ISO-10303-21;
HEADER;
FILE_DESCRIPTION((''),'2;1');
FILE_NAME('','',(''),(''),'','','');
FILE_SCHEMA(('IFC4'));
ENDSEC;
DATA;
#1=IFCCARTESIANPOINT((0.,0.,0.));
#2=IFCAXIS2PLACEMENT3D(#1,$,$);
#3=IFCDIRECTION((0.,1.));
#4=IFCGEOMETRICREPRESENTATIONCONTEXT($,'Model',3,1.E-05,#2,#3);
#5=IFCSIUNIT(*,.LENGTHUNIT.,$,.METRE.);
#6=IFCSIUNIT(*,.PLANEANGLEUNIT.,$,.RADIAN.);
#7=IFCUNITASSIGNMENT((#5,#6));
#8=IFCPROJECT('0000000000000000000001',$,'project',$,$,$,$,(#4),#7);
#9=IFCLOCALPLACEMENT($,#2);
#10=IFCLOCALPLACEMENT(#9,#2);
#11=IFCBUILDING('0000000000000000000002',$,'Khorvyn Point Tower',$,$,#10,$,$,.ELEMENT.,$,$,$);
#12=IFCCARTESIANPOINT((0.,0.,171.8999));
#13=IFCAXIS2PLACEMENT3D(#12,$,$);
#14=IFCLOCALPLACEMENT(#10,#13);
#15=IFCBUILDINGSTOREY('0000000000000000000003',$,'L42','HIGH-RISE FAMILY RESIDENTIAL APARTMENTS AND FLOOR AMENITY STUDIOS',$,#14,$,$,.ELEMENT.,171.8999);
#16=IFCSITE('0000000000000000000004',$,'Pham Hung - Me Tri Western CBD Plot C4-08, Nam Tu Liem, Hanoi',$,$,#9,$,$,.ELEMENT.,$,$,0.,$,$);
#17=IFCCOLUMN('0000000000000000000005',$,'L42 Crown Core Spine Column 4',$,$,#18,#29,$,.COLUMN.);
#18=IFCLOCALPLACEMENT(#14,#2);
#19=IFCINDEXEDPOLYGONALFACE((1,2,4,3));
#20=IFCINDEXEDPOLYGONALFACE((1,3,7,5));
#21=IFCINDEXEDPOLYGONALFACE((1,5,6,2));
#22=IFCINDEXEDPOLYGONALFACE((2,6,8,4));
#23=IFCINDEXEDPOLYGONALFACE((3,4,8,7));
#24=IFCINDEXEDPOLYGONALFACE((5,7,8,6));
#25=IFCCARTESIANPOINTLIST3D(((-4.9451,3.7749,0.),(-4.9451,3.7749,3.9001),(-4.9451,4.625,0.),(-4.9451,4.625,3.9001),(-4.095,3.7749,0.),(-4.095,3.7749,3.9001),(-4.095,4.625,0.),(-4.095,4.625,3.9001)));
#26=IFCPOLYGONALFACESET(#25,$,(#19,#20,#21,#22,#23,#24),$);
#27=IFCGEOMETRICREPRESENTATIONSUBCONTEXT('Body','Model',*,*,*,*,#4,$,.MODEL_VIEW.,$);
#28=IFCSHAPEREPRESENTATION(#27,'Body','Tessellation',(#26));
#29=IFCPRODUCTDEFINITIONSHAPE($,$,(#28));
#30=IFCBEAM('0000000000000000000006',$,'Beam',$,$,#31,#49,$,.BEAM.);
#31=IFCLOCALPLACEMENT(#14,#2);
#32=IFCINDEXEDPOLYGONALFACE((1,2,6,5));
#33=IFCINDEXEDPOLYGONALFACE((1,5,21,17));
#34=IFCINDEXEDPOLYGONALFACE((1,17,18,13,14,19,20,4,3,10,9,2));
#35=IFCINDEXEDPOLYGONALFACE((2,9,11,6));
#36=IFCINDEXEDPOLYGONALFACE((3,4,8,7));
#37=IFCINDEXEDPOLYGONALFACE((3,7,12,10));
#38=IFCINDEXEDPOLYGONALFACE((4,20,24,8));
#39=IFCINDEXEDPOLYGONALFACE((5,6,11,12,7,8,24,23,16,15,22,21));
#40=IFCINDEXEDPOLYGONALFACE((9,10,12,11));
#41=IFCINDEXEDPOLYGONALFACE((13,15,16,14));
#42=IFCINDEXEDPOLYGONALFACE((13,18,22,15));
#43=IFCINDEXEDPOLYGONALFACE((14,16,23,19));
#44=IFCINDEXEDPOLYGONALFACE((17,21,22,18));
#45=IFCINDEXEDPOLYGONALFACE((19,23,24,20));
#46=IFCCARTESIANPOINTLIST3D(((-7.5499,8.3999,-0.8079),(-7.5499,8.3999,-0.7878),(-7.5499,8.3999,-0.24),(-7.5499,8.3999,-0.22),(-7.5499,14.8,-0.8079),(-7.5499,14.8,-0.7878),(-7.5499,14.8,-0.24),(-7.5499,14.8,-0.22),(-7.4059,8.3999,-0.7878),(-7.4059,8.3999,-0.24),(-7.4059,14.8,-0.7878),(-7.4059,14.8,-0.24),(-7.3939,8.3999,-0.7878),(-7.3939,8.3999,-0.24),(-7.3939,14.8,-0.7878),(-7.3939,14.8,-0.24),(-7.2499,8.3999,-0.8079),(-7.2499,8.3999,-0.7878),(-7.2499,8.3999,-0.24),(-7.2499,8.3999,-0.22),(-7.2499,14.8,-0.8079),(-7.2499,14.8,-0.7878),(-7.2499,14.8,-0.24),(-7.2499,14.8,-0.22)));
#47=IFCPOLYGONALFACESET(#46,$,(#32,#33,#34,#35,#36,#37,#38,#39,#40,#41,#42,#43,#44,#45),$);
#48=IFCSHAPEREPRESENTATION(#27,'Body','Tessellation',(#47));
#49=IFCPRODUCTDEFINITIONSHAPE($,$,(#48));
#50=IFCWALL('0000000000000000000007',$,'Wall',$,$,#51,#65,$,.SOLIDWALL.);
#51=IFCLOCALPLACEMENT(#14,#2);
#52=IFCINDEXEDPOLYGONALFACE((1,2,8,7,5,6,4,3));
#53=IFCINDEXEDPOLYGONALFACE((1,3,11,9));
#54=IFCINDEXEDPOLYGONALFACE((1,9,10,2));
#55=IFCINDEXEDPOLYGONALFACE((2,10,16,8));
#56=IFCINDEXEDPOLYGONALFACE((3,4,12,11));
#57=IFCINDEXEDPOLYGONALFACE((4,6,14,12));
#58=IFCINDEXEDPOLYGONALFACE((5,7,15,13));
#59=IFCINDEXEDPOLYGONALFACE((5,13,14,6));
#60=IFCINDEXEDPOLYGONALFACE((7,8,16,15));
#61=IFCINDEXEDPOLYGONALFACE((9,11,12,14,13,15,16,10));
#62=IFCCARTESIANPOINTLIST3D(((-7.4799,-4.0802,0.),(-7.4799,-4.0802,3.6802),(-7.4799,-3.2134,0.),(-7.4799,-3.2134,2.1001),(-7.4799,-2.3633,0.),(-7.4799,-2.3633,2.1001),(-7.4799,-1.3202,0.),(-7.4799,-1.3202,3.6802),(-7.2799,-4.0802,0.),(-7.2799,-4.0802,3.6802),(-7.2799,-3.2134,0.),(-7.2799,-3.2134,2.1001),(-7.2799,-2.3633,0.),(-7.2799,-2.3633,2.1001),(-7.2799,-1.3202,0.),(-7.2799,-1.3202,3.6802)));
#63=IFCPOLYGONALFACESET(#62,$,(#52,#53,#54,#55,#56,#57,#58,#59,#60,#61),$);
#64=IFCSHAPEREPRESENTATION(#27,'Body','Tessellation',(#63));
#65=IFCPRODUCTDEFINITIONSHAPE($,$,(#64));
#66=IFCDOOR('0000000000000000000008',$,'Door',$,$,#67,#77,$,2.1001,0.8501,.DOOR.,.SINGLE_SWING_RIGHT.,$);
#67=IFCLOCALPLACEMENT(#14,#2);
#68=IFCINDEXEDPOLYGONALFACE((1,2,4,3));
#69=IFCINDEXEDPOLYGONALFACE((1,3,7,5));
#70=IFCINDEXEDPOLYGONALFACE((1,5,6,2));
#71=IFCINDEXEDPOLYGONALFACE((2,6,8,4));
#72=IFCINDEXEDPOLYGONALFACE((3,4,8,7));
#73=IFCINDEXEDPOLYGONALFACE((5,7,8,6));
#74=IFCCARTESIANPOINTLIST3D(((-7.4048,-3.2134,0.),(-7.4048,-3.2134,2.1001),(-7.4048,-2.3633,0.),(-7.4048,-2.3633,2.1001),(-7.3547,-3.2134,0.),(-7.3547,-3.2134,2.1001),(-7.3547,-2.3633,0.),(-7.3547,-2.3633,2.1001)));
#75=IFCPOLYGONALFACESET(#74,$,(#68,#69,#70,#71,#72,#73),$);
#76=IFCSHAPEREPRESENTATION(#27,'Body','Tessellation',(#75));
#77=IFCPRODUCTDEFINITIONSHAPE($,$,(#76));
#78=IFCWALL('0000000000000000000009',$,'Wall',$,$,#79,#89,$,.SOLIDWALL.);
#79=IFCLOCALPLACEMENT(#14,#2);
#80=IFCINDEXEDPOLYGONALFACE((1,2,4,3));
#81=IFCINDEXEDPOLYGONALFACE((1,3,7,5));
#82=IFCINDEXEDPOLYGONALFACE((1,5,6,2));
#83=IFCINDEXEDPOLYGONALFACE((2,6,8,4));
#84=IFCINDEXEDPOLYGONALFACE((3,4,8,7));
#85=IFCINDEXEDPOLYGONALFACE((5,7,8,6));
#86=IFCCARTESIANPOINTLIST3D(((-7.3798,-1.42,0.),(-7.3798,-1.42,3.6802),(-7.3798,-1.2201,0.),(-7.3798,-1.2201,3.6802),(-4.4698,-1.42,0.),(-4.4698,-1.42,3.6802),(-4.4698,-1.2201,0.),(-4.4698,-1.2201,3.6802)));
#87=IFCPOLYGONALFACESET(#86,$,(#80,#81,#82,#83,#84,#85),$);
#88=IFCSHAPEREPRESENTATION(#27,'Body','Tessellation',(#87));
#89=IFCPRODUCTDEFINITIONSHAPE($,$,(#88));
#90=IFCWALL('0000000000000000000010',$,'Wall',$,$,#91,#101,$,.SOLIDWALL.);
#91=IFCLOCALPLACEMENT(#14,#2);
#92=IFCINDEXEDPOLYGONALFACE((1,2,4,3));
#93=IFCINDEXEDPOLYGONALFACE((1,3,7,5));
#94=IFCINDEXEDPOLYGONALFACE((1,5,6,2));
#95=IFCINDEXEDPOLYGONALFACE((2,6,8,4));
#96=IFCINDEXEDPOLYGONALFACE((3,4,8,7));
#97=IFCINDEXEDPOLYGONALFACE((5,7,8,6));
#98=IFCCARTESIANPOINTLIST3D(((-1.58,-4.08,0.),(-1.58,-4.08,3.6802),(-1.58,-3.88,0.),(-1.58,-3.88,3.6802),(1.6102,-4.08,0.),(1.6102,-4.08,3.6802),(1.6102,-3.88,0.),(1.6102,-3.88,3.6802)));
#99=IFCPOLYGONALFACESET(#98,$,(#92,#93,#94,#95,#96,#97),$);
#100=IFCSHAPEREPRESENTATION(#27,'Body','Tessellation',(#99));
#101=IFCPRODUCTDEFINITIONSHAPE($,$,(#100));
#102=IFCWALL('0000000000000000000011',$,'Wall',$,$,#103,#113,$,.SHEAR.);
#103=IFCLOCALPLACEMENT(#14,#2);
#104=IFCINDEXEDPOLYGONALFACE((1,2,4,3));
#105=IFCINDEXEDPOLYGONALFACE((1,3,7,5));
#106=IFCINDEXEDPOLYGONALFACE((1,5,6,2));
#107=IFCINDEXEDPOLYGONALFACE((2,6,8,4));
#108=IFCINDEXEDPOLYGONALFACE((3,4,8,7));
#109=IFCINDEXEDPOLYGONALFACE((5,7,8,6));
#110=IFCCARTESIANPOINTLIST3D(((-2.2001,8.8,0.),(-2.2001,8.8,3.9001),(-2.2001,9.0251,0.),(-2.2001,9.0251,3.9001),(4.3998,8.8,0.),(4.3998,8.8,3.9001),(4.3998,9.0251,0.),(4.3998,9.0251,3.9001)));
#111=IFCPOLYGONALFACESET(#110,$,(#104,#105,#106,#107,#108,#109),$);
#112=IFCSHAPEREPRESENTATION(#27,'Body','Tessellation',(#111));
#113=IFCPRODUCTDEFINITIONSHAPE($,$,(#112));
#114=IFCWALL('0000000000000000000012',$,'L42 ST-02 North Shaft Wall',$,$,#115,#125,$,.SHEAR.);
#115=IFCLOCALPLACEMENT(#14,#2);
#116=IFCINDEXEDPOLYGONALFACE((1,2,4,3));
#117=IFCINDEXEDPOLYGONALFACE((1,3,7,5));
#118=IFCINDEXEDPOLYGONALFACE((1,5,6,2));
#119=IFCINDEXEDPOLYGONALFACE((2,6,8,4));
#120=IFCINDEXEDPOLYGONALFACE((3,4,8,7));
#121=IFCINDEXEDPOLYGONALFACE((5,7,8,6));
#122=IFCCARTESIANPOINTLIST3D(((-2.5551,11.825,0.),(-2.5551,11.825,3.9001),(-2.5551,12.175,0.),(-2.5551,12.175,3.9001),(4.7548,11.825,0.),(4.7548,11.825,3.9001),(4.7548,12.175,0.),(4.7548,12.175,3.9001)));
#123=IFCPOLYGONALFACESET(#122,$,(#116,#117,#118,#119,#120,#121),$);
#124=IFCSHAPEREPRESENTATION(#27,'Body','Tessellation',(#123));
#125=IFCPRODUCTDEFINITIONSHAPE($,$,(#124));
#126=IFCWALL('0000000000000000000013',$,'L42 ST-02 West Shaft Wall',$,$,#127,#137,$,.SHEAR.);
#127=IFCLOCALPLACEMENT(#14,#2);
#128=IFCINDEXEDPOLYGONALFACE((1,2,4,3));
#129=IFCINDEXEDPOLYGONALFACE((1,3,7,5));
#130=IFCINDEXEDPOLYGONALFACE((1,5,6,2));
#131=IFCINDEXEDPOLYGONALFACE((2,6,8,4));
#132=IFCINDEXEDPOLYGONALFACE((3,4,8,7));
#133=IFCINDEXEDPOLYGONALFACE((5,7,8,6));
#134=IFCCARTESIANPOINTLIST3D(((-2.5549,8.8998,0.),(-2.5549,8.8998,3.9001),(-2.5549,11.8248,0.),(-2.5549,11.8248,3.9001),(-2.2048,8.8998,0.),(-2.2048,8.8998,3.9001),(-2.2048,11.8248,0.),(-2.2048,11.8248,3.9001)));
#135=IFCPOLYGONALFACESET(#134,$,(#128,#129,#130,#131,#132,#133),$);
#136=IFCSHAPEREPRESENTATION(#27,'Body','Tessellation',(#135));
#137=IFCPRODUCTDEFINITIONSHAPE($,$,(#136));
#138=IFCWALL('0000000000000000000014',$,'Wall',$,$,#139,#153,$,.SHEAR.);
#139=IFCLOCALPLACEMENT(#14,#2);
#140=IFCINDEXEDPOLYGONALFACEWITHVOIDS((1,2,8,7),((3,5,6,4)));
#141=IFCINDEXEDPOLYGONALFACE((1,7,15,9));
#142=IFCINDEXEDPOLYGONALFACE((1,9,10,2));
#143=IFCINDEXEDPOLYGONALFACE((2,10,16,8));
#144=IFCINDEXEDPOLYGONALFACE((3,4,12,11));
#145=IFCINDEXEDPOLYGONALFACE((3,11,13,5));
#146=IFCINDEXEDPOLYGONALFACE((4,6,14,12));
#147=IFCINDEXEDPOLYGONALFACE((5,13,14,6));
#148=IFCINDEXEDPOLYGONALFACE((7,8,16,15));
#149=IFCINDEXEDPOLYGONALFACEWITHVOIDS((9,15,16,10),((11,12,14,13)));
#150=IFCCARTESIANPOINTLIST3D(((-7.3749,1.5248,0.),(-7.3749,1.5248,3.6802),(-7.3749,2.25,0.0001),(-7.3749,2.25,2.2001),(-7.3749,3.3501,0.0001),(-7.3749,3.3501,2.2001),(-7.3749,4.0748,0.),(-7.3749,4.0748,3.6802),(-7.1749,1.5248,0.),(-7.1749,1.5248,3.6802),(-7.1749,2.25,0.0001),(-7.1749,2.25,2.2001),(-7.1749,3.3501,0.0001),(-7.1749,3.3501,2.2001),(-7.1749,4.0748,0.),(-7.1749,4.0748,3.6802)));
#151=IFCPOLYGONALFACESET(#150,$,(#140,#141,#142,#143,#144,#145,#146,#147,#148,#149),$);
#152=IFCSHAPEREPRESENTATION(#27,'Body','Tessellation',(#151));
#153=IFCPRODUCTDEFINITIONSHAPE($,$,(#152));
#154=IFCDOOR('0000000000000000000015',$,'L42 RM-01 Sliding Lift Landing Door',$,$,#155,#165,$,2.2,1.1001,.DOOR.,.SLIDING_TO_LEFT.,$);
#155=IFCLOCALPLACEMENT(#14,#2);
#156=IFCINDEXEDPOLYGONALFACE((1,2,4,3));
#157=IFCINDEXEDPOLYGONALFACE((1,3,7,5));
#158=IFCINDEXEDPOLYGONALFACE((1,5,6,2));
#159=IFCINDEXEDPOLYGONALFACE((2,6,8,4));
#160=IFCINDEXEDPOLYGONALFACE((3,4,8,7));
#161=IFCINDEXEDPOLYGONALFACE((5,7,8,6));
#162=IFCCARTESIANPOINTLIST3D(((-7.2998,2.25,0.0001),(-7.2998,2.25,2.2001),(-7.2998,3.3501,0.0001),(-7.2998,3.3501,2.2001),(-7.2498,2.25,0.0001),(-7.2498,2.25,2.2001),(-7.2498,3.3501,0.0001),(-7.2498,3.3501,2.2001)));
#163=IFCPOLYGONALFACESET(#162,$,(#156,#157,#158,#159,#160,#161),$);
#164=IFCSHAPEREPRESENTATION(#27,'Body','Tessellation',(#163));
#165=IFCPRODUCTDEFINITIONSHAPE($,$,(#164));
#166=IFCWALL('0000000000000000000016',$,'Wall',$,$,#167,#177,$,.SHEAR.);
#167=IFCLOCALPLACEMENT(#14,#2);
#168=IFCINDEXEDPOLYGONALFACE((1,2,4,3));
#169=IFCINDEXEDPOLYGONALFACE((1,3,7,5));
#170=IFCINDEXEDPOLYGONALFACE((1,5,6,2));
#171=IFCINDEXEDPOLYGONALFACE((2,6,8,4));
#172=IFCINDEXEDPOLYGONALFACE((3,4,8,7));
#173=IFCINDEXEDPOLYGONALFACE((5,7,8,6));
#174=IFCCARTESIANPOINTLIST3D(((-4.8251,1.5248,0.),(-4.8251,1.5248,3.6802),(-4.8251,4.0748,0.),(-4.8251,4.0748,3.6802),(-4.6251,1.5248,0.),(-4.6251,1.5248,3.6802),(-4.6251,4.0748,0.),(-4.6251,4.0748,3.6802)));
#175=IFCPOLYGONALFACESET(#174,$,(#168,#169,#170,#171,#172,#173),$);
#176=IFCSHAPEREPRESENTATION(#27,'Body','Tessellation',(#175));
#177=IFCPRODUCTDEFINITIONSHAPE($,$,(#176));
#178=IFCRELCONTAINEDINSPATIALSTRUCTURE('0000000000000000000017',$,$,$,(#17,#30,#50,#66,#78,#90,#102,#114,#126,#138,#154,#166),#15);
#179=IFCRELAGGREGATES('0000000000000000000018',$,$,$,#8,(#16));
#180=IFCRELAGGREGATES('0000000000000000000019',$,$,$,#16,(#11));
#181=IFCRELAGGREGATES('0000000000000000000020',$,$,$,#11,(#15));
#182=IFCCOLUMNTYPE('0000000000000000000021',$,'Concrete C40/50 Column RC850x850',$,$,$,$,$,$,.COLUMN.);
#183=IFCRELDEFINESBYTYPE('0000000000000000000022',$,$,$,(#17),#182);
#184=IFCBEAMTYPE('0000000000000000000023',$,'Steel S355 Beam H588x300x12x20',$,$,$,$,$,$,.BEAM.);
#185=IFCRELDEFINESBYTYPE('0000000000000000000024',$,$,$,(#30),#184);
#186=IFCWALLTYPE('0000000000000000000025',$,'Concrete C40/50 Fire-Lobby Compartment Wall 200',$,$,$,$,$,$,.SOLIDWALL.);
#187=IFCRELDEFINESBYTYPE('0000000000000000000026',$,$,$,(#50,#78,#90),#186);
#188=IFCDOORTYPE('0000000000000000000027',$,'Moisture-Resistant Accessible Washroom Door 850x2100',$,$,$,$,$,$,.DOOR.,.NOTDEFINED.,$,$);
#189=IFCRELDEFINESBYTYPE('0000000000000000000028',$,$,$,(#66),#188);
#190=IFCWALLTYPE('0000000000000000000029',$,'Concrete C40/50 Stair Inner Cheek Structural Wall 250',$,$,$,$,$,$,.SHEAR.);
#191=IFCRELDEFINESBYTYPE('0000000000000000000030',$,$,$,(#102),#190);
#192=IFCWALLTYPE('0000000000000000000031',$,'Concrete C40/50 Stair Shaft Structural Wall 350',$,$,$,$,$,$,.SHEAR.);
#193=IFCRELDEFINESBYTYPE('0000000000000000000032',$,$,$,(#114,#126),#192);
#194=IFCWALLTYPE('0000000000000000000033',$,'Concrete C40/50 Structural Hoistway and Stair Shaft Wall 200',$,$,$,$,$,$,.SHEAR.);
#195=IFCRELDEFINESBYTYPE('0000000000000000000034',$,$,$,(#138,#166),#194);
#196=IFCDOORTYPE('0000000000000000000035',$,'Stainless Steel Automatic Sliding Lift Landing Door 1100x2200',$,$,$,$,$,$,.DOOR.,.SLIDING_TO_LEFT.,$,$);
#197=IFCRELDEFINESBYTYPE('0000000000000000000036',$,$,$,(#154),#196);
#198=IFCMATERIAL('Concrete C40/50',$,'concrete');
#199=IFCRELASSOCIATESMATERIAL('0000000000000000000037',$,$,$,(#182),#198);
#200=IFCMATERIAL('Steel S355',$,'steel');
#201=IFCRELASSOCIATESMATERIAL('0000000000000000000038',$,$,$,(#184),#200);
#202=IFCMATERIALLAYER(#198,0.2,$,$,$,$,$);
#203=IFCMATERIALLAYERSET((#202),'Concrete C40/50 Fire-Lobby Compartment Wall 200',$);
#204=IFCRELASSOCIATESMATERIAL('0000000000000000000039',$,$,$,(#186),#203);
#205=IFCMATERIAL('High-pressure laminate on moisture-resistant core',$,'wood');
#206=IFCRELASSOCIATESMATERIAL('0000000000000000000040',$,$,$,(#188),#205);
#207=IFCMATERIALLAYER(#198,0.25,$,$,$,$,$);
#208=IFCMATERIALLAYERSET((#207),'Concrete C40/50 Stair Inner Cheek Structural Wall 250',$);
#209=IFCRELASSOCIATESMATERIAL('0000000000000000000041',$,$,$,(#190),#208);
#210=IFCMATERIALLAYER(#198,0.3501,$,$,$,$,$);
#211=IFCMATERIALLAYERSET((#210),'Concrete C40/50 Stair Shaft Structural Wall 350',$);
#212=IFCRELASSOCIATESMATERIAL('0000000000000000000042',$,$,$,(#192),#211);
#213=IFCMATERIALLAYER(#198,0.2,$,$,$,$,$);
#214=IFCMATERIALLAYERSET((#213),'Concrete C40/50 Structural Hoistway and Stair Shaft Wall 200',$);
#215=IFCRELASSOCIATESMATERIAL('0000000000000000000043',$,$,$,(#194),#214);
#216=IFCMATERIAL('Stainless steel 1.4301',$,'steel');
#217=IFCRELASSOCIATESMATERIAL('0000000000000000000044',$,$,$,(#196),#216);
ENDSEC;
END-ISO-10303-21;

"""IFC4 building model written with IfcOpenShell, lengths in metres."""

from ifc_helpers import new_model, si_unit, direction, frame, frame_2d, origin, origin_2d, place, context, subcontext, project, spatial, rectangle, i_section, extrude, material, layer, layer_set, material_profile, profile_set, type_object, element, fill, save


model = new_model("IFC4")

# Units and contexts
model_context = context("Model", 3, precision=1e-05, world=origin(), true_north=direction((0.0, 1.0)))
body_context = subcontext(model_context, "Body", "Model", "MODEL_VIEW")
ifc_project = project(units=[si_unit("LENGTHUNIT", "METRE"), si_unit("PLANEANGLEUNIT", "RADIAN")], contexts=[model_context])

# Site, building, storey
site_placement = place(None, origin())
site = spatial("IfcSite", under=ifc_project, at=site_placement, Name="Pham Hung - Me Tri Western CBD Plot C4-08, Nam Tu Liem, Hanoi", CompositionType="ELEMENT", RefElevation=0.0)
building_placement = place(site_placement, origin())
building = spatial("IfcBuilding", under=site, at=building_placement, Name="Khorvyn Point Tower", CompositionType="ELEMENT")
storey_placement = place(building_placement, frame((0.0, 0.0, 171.8999)))
storey = spatial("IfcBuildingStorey", under=building, at=storey_placement, Name="L42", Description="HIGH-RISE FAMILY RESIDENTIAL APARTMENTS AND FLOOR AMENITY STUDIOS", CompositionType="ELEMENT", Elevation=171.8999)

# Column
ifc_material_1 = material(Name="Concrete C40/50", Category="concrete")
ifc_material_profile_1 = material_profile(ifc_material_1, rectangle(XDim=0.8501, YDim=0.8501, at=origin_2d()))
ifc_profile_set_1 = profile_set([ifc_material_profile_1], Name="Concrete C40/50 RC850x850")
column_type = type_object("IfcColumnType", Name="Concrete C40/50 Column RC850x850", PredefinedType="COLUMN", material=ifc_profile_set_1)
column_placement = place(storey_placement, frame((-4.52, 4.2, 0.0), z_axis=(0.0, 0.0, 1.0), x_axis=(1.0, 0.0, 0.0)))
element("IfcColumn", 1, at=column_placement, inside=storey, type_object=column_type, Name="L42 Crown Core Spine Column 4", PredefinedType="COLUMN", context=body_context, shape_type="SweptSolid", body=[
    extrude(rectangle(XDim=0.8501, YDim=0.8501, at=origin_2d()), origin(), (0.0, 0.0, 1.0), 3.9001),
])

# Beam
ifc_material_2 = material(Name="Steel S355", Category="steel")
ifc_material_profile_2 = material_profile(ifc_material_2, i_section(OverallWidth=0.3, OverallDepth=0.5879, WebThickness=0.012, FlangeThickness=0.02, at=origin_2d()))
ifc_profile_set_2 = profile_set([ifc_material_profile_2], Name="Steel S355 H588x300x12x20")
beam_type = type_object("IfcBeamType", Name="Steel S355 Beam H588x300x12x20", PredefinedType="BEAM", material=ifc_profile_set_2)
beam_placement = place(storey_placement, frame((-7.3999, 8.3999, -0.5139), z_axis=(0.0, 1.0, 0.0), x_axis=(-1.0, 0.0, 0.0)))
element("IfcBeam", 2, at=beam_placement, inside=storey, type_object=beam_type, Name="Beam", PredefinedType="BEAM", context=body_context, shape_type="SweptSolid", body=[
    extrude(i_section(OverallWidth=0.3, OverallDepth=0.5879, WebThickness=0.012, FlangeThickness=0.02, at=origin_2d()), origin(), (0.0, 0.0, 1.0), 6.4001),
])

# Wall, opening, door
ifc_layer_1 = layer(ifc_material_1, 0.2)
ifc_layer_set_1 = layer_set([ifc_layer_1], Name="Concrete C40/50 Fire-Lobby Compartment Wall 200")
wall_type_1 = type_object("IfcWallType", Name="Concrete C40/50 Fire-Lobby Compartment Wall 200", PredefinedType="SOLIDWALL", material=ifc_layer_set_1)
wall_1_placement = place(storey_placement, frame((-7.3799, -4.0801, 0.0), z_axis=(0.0, 0.0, 1.0), x_axis=(0.0, 1.0, 0.0)))
wall_1 = element("IfcWall", 3, at=wall_1_placement, inside=storey, type_object=wall_type_1, Name="Wall", PredefinedType="SOLIDWALL", context=body_context, shape_type="SweptSolid", body=[
    extrude(rectangle(XDim=2.76, YDim=0.2, at=frame_2d((1.3799, 0.0))), origin(), (0.0, 0.0, 1.0), 3.6802),
])
opening_1_placement = place(wall_1_placement, frame((0.8667, 0.0, 0.0)))
opening_1 = element("IfcOpeningElement", 4, at=opening_1_placement, cuts=wall_1, PredefinedType="OPENING", context=body_context, shape_type="SweptSolid", body=[
    extrude(rectangle(XDim=0.8501, YDim=2.1001, at=frame_2d((0.425, 1.05))), frame((0.0, 0.1099, 0.0), z_axis=(0.0, -1.0, 0.0), x_axis=(1.0, 0.0, 0.0)), (0.0, 0.0, 1.0), 0.22),
])
ifc_material_3 = material(Name="High-pressure laminate on moisture-resistant core", Category="wood")
door_type_1 = type_object("IfcDoorType", Name="Moisture-Resistant Accessible Washroom Door 850x2100", OperationType="NOTDEFINED", PredefinedType="DOOR", material=ifc_material_3)
door_1_placement = place(opening_1_placement, origin())
door_1 = element("IfcDoor", 5, at=door_1_placement, inside=storey, type_object=door_type_1, Name="Door", OperationType="SINGLE_SWING_RIGHT", OverallHeight=2.1001, OverallWidth=0.8501, PredefinedType="DOOR", context=body_context, shape_type="SweptSolid", body=[
    extrude(rectangle(XDim=0.8501, YDim=2.1001, at=frame_2d((0.425, 1.05))), frame((0.0, 0.0249, 0.0), z_axis=(0.0, -1.0, 0.0), x_axis=(1.0, 0.0, 0.0)), (0.0, 0.0, 1.0), 0.05),
])
fill(opening_1, door_1)

# Walls
wall_2_placement = place(storey_placement, frame((-7.3799, -1.3201, 0.0), z_axis=(0.0, 0.0, 1.0), x_axis=(1.0, 0.0, 0.0)))
element("IfcWall", 6, at=wall_2_placement, inside=storey, type_object=wall_type_1, Name="Wall", PredefinedType="SOLIDWALL", context=body_context, shape_type="SweptSolid", body=[
    extrude(rectangle(XDim=2.9099, YDim=0.2, at=frame_2d((1.4551, 0.0))), origin(), (0.0, 0.0, 1.0), 3.6802),
])
wall_3_placement = place(storey_placement, frame((-1.5801, -3.98, 0.0), z_axis=(0.0, 0.0, 1.0), x_axis=(1.0, 0.0, 0.0)))
element("IfcWall", 7, at=wall_3_placement, inside=storey, type_object=wall_type_1, Name="Wall", PredefinedType="SOLIDWALL", context=body_context, shape_type="SweptSolid", body=[
    extrude(rectangle(XDim=3.1902, YDim=0.2, at=frame_2d((1.5952, 0.0))), origin(), (0.0, 0.0, 1.0), 3.6802),
])
ifc_layer_2 = layer(ifc_material_1, 0.25)
ifc_layer_set_2 = layer_set([ifc_layer_2], Name="Concrete C40/50 Stair Inner Cheek Structural Wall 250")
wall_type_2 = type_object("IfcWallType", Name="Concrete C40/50 Stair Inner Cheek Structural Wall 250", PredefinedType="SHEAR", material=ifc_layer_set_2)
wall_4_placement = place(storey_placement, frame((-2.2, 8.9126, 0.0), z_axis=(0.0, 0.0, 1.0), x_axis=(1.0, 0.0, 0.0)))
element("IfcWall", 8, at=wall_4_placement, inside=storey, type_object=wall_type_2, Name="Wall", PredefinedType="SHEAR", context=body_context, shape_type="SweptSolid", body=[
    extrude(rectangle(XDim=6.5999, YDim=0.2251, at=frame_2d((3.2998, 0.0))), origin(), (0.0, 0.0, 1.0), 3.9001),
])
ifc_layer_3 = layer(ifc_material_1, 0.3501)
ifc_layer_set_3 = layer_set([ifc_layer_3], Name="Concrete C40/50 Stair Shaft Structural Wall 350")
wall_type_3 = type_object("IfcWallType", Name="Concrete C40/50 Stair Shaft Structural Wall 350", PredefinedType="SHEAR", material=ifc_layer_set_3)
wall_5_placement = place(storey_placement, frame((-2.5549, 12.0, 0.0), z_axis=(0.0, 0.0, 1.0), x_axis=(1.0, 0.0, 0.0)))
element("IfcWall", 9, at=wall_5_placement, inside=storey, type_object=wall_type_3, Name="L42 ST-02 North Shaft Wall", PredefinedType="SHEAR", context=body_context, shape_type="SweptSolid", body=[
    extrude(rectangle(XDim=7.3098, YDim=0.3501, at=frame_2d((3.6548, 0.0))), origin(), (0.0, 0.0, 1.0), 3.9001),
])
wall_6_placement = place(storey_placement, frame((-2.3799, 8.8999, 0.0), z_axis=(0.0, 0.0, 1.0), x_axis=(0.0, 1.0, 0.0)))
element("IfcWall", 10, at=wall_6_placement, inside=storey, type_object=wall_type_3, Name="L42 ST-02 West Shaft Wall", PredefinedType="SHEAR", context=body_context, shape_type="SweptSolid", body=[
    extrude(rectangle(XDim=2.925, YDim=0.3501, at=frame_2d((1.4624, 0.0))), origin(), (0.0, 0.0, 1.0), 3.9001),
])

# Wall, opening, door
ifc_layer_4 = layer(ifc_material_1, 0.2)
ifc_layer_set_4 = layer_set([ifc_layer_4], Name="Concrete C40/50 Structural Hoistway and Stair Shaft Wall 200")
wall_type_4 = type_object("IfcWallType", Name="Concrete C40/50 Structural Hoistway and Stair Shaft Wall 200", PredefinedType="SHEAR", material=ifc_layer_set_4)
wall_7_placement = place(storey_placement, frame((-7.2749, 1.5249, 0.0), z_axis=(0.0, 0.0, 1.0), x_axis=(0.0, 1.0, 0.0)))
wall_7 = element("IfcWall", 11, at=wall_7_placement, inside=storey, type_object=wall_type_4, Name="Wall", PredefinedType="SHEAR", context=body_context, shape_type="SweptSolid", body=[
    extrude(rectangle(XDim=2.55, YDim=0.2, at=frame_2d((1.2749, 0.0))), origin(), (0.0, 0.0, 1.0), 3.6802),
])
opening_2_placement = place(wall_7_placement, frame((0.7251, 0.0, 0.0)))
opening_2 = element("IfcOpeningElement", 12, at=opening_2_placement, cuts=wall_7, PredefinedType="OPENING", context=body_context, shape_type="SweptSolid", body=[
    extrude(rectangle(XDim=1.1001, YDim=2.2, at=frame_2d((0.55, 1.1001))), frame((0.0, 0.1099, 0.0), z_axis=(0.0, -1.0, 0.0), x_axis=(1.0, 0.0, 0.0)), (0.0, 0.0, 1.0), 0.22),
])
ifc_material_4 = material(Name="Stainless steel 1.4301", Category="steel")
door_type_2 = type_object("IfcDoorType", Name="Stainless Steel Automatic Sliding Lift Landing Door 1100x2200", OperationType="SLIDING_TO_LEFT", PredefinedType="DOOR", material=ifc_material_4)
door_2_placement = place(opening_2_placement, origin())
door_2 = element("IfcDoor", 13, at=door_2_placement, inside=storey, type_object=door_type_2, Name="L42 RM-01 Sliding Lift Landing Door", OperationType="SLIDING_TO_LEFT", OverallHeight=2.2, OverallWidth=1.1001, PredefinedType="DOOR", context=body_context, shape_type="SweptSolid", body=[
    extrude(rectangle(XDim=1.1001, YDim=2.2, at=frame_2d((0.55, 1.1001))), frame((0.0, 0.0249, 0.0), z_axis=(0.0, -1.0, 0.0), x_axis=(1.0, 0.0, 0.0)), (0.0, 0.0, 1.0), 0.05),
])
fill(opening_2, door_2)

# Wall
wall_8_placement = place(storey_placement, frame((-4.7251, 1.5249, 0.0), z_axis=(0.0, 0.0, 1.0), x_axis=(0.0, 1.0, 0.0)))
element("IfcWall", 14, at=wall_8_placement, inside=storey, type_object=wall_type_4, Name="Wall", PredefinedType="SHEAR", context=body_context, shape_type="SweptSolid", body=[
    extrude(rectangle(XDim=2.55, YDim=0.2, at=frame_2d((1.2749, 0.0))), origin(), (0.0, 0.0, 1.0), 3.6802),
])

save(model, "model.ifc")
